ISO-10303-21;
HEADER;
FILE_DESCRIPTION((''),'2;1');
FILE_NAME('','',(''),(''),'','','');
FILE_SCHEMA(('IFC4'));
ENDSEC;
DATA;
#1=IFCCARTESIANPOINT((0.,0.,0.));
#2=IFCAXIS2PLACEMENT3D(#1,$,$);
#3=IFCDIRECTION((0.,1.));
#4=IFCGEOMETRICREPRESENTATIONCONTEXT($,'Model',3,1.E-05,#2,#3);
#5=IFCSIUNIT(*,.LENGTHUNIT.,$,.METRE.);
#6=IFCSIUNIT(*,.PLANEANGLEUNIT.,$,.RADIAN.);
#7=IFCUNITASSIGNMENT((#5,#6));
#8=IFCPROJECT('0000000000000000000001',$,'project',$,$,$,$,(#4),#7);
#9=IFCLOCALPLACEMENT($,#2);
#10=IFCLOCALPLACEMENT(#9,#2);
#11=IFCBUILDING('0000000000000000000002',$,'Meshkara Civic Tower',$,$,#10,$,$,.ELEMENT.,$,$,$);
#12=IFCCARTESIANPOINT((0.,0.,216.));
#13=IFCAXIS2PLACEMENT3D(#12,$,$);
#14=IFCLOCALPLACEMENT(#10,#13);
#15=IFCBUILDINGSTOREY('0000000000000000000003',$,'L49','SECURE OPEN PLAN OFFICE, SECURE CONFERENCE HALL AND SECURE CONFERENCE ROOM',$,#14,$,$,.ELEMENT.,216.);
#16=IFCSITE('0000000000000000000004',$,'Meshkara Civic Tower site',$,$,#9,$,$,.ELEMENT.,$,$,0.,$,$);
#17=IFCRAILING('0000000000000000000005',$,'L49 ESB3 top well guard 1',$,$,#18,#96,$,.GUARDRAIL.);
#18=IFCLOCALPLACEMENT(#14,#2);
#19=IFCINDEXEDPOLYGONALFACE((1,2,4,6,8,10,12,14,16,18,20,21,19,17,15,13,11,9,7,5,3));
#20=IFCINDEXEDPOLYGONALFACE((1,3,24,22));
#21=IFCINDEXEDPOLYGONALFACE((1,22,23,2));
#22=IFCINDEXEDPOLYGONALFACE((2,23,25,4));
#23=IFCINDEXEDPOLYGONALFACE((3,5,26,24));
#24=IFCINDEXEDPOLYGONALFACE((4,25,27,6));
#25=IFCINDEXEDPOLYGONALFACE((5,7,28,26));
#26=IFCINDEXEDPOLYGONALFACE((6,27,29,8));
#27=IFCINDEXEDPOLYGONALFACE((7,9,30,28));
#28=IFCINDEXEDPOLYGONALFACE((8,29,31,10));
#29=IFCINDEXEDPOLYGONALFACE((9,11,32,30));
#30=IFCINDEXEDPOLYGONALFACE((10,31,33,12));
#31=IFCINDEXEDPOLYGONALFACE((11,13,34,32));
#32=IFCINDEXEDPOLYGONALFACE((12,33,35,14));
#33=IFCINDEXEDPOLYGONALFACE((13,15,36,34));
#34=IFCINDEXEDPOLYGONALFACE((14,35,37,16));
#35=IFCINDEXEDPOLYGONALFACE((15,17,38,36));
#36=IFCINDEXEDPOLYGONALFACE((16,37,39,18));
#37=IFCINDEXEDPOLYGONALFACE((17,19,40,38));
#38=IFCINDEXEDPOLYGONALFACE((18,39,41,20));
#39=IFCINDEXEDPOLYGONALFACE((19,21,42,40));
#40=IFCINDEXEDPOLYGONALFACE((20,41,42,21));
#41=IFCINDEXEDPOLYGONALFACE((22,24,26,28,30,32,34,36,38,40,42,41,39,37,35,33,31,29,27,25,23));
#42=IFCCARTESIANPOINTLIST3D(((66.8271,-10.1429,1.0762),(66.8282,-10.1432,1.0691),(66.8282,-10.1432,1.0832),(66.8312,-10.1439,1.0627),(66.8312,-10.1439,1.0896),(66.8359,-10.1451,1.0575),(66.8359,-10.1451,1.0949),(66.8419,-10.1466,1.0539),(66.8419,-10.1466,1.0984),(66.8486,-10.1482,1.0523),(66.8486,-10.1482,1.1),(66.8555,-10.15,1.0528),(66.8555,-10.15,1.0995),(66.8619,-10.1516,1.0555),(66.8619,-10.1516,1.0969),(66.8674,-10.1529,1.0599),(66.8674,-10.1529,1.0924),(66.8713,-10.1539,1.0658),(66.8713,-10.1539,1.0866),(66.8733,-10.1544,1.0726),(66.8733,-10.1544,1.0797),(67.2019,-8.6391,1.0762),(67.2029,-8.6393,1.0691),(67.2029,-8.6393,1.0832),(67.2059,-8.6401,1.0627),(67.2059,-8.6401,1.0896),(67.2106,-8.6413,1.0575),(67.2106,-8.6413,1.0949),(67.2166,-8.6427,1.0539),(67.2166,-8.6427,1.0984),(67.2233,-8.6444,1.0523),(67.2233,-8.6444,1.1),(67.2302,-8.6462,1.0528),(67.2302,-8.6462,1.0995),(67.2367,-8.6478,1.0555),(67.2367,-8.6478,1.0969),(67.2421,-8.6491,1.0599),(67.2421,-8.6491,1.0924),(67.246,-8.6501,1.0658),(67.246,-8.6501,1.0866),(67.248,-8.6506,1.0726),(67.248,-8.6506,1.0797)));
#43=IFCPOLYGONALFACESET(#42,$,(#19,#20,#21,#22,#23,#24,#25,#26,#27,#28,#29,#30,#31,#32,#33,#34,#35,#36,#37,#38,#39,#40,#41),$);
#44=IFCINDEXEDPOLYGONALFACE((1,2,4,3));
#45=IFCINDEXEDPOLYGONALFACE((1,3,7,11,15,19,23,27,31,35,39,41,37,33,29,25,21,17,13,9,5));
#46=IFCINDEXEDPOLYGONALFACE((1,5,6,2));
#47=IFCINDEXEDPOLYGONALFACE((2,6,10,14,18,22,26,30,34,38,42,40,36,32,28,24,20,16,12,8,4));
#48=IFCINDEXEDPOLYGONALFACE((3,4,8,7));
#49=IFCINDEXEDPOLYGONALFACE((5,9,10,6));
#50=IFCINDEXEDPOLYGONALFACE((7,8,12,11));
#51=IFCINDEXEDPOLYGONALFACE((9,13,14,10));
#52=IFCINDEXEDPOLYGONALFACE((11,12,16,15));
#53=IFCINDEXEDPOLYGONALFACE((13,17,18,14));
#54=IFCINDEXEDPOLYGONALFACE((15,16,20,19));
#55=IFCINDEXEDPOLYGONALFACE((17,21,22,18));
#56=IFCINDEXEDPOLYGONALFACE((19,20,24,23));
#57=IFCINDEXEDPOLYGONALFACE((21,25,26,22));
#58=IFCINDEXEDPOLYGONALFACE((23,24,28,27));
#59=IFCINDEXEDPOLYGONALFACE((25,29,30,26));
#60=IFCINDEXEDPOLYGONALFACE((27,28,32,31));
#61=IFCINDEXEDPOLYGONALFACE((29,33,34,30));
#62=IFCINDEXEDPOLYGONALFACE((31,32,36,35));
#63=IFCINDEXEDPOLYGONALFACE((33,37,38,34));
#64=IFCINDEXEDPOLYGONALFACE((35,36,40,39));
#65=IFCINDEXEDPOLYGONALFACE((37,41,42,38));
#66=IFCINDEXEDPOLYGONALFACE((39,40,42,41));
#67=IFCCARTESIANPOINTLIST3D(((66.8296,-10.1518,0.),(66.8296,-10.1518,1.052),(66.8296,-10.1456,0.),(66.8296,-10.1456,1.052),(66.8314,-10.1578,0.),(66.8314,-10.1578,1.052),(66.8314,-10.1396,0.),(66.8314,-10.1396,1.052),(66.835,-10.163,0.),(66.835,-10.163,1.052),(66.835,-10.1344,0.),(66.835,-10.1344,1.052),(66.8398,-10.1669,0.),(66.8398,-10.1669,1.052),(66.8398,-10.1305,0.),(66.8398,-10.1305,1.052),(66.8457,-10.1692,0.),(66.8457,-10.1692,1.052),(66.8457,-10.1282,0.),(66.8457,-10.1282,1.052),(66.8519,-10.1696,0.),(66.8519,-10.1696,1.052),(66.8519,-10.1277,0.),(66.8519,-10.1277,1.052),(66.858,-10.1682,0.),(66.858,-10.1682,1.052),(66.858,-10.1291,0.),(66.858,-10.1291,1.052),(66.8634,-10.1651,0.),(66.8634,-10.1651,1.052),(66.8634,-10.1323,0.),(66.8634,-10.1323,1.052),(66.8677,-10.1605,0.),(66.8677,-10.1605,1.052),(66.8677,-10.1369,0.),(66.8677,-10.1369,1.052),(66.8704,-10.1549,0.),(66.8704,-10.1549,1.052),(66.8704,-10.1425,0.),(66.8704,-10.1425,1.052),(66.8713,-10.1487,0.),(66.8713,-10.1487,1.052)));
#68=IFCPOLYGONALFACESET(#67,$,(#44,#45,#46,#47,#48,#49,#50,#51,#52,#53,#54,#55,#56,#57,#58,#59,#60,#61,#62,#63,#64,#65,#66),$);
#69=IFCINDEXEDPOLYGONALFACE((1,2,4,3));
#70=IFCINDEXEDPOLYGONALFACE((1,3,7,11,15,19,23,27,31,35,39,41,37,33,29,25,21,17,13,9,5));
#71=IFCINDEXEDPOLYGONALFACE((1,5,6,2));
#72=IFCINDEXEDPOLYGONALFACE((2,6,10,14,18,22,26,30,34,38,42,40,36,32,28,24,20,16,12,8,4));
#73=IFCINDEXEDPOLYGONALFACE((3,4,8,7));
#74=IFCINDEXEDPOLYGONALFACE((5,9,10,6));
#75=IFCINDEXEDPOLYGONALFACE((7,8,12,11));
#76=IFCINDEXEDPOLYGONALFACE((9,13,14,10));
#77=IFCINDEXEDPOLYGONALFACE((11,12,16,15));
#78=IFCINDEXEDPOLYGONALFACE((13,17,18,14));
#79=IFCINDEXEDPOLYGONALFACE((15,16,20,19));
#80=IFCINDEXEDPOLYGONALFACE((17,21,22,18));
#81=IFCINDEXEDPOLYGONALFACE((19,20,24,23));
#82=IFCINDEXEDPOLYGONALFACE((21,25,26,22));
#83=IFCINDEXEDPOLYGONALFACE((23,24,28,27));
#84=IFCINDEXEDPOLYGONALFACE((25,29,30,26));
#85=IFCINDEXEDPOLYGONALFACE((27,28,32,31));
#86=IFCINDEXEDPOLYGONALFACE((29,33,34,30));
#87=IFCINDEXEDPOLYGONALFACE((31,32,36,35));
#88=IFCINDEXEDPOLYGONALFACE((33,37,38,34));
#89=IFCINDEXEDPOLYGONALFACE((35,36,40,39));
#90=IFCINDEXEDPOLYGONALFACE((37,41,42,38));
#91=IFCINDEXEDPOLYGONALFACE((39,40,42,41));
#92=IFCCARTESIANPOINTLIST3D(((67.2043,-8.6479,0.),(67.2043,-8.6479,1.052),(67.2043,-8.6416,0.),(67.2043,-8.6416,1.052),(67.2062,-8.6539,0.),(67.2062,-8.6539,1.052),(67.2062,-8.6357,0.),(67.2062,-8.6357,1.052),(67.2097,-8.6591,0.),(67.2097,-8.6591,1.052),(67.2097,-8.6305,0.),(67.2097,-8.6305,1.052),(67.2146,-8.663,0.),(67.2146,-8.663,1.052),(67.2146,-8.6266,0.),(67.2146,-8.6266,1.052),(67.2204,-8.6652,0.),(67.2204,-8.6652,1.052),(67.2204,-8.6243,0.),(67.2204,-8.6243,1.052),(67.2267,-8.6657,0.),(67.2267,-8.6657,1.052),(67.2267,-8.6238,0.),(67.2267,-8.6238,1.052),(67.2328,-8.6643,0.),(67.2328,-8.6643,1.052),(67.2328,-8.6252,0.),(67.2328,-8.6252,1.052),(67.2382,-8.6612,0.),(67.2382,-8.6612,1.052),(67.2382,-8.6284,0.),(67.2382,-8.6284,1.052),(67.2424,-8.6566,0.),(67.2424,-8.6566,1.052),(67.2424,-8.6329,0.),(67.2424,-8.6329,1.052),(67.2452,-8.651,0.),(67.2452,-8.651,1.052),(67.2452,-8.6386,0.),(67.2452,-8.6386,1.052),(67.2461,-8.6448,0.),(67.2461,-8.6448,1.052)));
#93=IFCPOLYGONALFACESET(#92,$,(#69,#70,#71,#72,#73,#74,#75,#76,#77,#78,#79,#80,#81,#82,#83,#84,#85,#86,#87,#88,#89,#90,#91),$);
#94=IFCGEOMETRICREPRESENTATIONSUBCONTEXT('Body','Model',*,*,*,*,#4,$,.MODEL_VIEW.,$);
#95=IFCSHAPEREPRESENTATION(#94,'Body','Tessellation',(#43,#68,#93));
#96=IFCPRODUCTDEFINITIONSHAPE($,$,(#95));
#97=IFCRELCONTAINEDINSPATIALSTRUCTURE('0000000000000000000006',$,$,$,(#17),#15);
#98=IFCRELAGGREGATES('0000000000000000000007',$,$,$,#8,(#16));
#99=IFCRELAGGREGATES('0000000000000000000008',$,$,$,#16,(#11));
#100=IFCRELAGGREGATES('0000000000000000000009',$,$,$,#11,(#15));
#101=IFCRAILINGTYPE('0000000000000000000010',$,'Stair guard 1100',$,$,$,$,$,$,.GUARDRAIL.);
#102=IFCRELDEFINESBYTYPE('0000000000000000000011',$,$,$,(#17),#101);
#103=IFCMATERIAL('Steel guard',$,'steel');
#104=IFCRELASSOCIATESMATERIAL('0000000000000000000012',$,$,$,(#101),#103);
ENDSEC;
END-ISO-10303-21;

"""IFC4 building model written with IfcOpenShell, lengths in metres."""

from ifc_helpers import new_model, si_unit, direction, frame, origin, origin_2d, place, context, subcontext, project, spatial, circle, extrude, material, type_object, element, save


model = new_model("IFC4")

# Units and contexts
model_context = context("Model", 3, precision=1e-05, world=origin(), true_north=direction((0.0, 1.0)))
body_context = subcontext(model_context, "Body", "Model", "MODEL_VIEW")
ifc_project = project(units=[si_unit("LENGTHUNIT", "METRE"), si_unit("PLANEANGLEUNIT", "RADIAN")], contexts=[model_context])

# Site, building, storey
site_placement = place(None, origin())
site = spatial("IfcSite", under=ifc_project, at=site_placement, Name="Meshkara Civic Tower site", CompositionType="ELEMENT", RefElevation=0.0)
building_placement = place(site_placement, origin())
building = spatial("IfcBuilding", under=site, at=building_placement, Name="Meshkara Civic Tower", CompositionType="ELEMENT")
storey_placement = place(building_placement, frame((0.0, 0.0, 216.0)))
storey = spatial("IfcBuildingStorey", under=building, at=storey_placement, Name="L49", Description="SECURE OPEN PLAN OFFICE, SECURE CONFERENCE HALL AND SECURE CONFERENCE ROOM", CompositionType="ELEMENT", Elevation=216.0)

# Railing
ifc_material_1 = material(Name="Steel guard", Category="steel")
railing_type_1 = type_object("IfcRailingType", Name="Stair guard 1100", PredefinedType="GUARDRAIL", material=ifc_material_1)
railing_1_placement = place(storey_placement, frame((66.8503, -10.1487, 0.0)))
element("IfcRailing", 1, at=railing_1_placement, inside=storey, type_object=railing_type_1, Name="L49 ESB3 top well guard 1", PredefinedType="GUARDRAIL", context=body_context, shape_type="SweptSolid", body=[
    extrude(circle(Radius=0.0239, at=origin_2d()), frame((0.0, 0.0, 1.0762), z_axis=(0.241794, 0.970328, 0.0), x_axis=(-0.970328, 0.241794, 0.0)), (0.0, 0.0, 1.0), 1.5498),
    extrude(circle(Radius=0.021, at=origin_2d()), origin(), (0.0, 0.0, 1.0), 1.052),
    extrude(circle(Radius=0.021, at=origin_2d()), frame((0.3748, 1.5039, 0.0)), (0.0, 0.0, 1.0), 1.052),
])

save(model, "model.ifc")
